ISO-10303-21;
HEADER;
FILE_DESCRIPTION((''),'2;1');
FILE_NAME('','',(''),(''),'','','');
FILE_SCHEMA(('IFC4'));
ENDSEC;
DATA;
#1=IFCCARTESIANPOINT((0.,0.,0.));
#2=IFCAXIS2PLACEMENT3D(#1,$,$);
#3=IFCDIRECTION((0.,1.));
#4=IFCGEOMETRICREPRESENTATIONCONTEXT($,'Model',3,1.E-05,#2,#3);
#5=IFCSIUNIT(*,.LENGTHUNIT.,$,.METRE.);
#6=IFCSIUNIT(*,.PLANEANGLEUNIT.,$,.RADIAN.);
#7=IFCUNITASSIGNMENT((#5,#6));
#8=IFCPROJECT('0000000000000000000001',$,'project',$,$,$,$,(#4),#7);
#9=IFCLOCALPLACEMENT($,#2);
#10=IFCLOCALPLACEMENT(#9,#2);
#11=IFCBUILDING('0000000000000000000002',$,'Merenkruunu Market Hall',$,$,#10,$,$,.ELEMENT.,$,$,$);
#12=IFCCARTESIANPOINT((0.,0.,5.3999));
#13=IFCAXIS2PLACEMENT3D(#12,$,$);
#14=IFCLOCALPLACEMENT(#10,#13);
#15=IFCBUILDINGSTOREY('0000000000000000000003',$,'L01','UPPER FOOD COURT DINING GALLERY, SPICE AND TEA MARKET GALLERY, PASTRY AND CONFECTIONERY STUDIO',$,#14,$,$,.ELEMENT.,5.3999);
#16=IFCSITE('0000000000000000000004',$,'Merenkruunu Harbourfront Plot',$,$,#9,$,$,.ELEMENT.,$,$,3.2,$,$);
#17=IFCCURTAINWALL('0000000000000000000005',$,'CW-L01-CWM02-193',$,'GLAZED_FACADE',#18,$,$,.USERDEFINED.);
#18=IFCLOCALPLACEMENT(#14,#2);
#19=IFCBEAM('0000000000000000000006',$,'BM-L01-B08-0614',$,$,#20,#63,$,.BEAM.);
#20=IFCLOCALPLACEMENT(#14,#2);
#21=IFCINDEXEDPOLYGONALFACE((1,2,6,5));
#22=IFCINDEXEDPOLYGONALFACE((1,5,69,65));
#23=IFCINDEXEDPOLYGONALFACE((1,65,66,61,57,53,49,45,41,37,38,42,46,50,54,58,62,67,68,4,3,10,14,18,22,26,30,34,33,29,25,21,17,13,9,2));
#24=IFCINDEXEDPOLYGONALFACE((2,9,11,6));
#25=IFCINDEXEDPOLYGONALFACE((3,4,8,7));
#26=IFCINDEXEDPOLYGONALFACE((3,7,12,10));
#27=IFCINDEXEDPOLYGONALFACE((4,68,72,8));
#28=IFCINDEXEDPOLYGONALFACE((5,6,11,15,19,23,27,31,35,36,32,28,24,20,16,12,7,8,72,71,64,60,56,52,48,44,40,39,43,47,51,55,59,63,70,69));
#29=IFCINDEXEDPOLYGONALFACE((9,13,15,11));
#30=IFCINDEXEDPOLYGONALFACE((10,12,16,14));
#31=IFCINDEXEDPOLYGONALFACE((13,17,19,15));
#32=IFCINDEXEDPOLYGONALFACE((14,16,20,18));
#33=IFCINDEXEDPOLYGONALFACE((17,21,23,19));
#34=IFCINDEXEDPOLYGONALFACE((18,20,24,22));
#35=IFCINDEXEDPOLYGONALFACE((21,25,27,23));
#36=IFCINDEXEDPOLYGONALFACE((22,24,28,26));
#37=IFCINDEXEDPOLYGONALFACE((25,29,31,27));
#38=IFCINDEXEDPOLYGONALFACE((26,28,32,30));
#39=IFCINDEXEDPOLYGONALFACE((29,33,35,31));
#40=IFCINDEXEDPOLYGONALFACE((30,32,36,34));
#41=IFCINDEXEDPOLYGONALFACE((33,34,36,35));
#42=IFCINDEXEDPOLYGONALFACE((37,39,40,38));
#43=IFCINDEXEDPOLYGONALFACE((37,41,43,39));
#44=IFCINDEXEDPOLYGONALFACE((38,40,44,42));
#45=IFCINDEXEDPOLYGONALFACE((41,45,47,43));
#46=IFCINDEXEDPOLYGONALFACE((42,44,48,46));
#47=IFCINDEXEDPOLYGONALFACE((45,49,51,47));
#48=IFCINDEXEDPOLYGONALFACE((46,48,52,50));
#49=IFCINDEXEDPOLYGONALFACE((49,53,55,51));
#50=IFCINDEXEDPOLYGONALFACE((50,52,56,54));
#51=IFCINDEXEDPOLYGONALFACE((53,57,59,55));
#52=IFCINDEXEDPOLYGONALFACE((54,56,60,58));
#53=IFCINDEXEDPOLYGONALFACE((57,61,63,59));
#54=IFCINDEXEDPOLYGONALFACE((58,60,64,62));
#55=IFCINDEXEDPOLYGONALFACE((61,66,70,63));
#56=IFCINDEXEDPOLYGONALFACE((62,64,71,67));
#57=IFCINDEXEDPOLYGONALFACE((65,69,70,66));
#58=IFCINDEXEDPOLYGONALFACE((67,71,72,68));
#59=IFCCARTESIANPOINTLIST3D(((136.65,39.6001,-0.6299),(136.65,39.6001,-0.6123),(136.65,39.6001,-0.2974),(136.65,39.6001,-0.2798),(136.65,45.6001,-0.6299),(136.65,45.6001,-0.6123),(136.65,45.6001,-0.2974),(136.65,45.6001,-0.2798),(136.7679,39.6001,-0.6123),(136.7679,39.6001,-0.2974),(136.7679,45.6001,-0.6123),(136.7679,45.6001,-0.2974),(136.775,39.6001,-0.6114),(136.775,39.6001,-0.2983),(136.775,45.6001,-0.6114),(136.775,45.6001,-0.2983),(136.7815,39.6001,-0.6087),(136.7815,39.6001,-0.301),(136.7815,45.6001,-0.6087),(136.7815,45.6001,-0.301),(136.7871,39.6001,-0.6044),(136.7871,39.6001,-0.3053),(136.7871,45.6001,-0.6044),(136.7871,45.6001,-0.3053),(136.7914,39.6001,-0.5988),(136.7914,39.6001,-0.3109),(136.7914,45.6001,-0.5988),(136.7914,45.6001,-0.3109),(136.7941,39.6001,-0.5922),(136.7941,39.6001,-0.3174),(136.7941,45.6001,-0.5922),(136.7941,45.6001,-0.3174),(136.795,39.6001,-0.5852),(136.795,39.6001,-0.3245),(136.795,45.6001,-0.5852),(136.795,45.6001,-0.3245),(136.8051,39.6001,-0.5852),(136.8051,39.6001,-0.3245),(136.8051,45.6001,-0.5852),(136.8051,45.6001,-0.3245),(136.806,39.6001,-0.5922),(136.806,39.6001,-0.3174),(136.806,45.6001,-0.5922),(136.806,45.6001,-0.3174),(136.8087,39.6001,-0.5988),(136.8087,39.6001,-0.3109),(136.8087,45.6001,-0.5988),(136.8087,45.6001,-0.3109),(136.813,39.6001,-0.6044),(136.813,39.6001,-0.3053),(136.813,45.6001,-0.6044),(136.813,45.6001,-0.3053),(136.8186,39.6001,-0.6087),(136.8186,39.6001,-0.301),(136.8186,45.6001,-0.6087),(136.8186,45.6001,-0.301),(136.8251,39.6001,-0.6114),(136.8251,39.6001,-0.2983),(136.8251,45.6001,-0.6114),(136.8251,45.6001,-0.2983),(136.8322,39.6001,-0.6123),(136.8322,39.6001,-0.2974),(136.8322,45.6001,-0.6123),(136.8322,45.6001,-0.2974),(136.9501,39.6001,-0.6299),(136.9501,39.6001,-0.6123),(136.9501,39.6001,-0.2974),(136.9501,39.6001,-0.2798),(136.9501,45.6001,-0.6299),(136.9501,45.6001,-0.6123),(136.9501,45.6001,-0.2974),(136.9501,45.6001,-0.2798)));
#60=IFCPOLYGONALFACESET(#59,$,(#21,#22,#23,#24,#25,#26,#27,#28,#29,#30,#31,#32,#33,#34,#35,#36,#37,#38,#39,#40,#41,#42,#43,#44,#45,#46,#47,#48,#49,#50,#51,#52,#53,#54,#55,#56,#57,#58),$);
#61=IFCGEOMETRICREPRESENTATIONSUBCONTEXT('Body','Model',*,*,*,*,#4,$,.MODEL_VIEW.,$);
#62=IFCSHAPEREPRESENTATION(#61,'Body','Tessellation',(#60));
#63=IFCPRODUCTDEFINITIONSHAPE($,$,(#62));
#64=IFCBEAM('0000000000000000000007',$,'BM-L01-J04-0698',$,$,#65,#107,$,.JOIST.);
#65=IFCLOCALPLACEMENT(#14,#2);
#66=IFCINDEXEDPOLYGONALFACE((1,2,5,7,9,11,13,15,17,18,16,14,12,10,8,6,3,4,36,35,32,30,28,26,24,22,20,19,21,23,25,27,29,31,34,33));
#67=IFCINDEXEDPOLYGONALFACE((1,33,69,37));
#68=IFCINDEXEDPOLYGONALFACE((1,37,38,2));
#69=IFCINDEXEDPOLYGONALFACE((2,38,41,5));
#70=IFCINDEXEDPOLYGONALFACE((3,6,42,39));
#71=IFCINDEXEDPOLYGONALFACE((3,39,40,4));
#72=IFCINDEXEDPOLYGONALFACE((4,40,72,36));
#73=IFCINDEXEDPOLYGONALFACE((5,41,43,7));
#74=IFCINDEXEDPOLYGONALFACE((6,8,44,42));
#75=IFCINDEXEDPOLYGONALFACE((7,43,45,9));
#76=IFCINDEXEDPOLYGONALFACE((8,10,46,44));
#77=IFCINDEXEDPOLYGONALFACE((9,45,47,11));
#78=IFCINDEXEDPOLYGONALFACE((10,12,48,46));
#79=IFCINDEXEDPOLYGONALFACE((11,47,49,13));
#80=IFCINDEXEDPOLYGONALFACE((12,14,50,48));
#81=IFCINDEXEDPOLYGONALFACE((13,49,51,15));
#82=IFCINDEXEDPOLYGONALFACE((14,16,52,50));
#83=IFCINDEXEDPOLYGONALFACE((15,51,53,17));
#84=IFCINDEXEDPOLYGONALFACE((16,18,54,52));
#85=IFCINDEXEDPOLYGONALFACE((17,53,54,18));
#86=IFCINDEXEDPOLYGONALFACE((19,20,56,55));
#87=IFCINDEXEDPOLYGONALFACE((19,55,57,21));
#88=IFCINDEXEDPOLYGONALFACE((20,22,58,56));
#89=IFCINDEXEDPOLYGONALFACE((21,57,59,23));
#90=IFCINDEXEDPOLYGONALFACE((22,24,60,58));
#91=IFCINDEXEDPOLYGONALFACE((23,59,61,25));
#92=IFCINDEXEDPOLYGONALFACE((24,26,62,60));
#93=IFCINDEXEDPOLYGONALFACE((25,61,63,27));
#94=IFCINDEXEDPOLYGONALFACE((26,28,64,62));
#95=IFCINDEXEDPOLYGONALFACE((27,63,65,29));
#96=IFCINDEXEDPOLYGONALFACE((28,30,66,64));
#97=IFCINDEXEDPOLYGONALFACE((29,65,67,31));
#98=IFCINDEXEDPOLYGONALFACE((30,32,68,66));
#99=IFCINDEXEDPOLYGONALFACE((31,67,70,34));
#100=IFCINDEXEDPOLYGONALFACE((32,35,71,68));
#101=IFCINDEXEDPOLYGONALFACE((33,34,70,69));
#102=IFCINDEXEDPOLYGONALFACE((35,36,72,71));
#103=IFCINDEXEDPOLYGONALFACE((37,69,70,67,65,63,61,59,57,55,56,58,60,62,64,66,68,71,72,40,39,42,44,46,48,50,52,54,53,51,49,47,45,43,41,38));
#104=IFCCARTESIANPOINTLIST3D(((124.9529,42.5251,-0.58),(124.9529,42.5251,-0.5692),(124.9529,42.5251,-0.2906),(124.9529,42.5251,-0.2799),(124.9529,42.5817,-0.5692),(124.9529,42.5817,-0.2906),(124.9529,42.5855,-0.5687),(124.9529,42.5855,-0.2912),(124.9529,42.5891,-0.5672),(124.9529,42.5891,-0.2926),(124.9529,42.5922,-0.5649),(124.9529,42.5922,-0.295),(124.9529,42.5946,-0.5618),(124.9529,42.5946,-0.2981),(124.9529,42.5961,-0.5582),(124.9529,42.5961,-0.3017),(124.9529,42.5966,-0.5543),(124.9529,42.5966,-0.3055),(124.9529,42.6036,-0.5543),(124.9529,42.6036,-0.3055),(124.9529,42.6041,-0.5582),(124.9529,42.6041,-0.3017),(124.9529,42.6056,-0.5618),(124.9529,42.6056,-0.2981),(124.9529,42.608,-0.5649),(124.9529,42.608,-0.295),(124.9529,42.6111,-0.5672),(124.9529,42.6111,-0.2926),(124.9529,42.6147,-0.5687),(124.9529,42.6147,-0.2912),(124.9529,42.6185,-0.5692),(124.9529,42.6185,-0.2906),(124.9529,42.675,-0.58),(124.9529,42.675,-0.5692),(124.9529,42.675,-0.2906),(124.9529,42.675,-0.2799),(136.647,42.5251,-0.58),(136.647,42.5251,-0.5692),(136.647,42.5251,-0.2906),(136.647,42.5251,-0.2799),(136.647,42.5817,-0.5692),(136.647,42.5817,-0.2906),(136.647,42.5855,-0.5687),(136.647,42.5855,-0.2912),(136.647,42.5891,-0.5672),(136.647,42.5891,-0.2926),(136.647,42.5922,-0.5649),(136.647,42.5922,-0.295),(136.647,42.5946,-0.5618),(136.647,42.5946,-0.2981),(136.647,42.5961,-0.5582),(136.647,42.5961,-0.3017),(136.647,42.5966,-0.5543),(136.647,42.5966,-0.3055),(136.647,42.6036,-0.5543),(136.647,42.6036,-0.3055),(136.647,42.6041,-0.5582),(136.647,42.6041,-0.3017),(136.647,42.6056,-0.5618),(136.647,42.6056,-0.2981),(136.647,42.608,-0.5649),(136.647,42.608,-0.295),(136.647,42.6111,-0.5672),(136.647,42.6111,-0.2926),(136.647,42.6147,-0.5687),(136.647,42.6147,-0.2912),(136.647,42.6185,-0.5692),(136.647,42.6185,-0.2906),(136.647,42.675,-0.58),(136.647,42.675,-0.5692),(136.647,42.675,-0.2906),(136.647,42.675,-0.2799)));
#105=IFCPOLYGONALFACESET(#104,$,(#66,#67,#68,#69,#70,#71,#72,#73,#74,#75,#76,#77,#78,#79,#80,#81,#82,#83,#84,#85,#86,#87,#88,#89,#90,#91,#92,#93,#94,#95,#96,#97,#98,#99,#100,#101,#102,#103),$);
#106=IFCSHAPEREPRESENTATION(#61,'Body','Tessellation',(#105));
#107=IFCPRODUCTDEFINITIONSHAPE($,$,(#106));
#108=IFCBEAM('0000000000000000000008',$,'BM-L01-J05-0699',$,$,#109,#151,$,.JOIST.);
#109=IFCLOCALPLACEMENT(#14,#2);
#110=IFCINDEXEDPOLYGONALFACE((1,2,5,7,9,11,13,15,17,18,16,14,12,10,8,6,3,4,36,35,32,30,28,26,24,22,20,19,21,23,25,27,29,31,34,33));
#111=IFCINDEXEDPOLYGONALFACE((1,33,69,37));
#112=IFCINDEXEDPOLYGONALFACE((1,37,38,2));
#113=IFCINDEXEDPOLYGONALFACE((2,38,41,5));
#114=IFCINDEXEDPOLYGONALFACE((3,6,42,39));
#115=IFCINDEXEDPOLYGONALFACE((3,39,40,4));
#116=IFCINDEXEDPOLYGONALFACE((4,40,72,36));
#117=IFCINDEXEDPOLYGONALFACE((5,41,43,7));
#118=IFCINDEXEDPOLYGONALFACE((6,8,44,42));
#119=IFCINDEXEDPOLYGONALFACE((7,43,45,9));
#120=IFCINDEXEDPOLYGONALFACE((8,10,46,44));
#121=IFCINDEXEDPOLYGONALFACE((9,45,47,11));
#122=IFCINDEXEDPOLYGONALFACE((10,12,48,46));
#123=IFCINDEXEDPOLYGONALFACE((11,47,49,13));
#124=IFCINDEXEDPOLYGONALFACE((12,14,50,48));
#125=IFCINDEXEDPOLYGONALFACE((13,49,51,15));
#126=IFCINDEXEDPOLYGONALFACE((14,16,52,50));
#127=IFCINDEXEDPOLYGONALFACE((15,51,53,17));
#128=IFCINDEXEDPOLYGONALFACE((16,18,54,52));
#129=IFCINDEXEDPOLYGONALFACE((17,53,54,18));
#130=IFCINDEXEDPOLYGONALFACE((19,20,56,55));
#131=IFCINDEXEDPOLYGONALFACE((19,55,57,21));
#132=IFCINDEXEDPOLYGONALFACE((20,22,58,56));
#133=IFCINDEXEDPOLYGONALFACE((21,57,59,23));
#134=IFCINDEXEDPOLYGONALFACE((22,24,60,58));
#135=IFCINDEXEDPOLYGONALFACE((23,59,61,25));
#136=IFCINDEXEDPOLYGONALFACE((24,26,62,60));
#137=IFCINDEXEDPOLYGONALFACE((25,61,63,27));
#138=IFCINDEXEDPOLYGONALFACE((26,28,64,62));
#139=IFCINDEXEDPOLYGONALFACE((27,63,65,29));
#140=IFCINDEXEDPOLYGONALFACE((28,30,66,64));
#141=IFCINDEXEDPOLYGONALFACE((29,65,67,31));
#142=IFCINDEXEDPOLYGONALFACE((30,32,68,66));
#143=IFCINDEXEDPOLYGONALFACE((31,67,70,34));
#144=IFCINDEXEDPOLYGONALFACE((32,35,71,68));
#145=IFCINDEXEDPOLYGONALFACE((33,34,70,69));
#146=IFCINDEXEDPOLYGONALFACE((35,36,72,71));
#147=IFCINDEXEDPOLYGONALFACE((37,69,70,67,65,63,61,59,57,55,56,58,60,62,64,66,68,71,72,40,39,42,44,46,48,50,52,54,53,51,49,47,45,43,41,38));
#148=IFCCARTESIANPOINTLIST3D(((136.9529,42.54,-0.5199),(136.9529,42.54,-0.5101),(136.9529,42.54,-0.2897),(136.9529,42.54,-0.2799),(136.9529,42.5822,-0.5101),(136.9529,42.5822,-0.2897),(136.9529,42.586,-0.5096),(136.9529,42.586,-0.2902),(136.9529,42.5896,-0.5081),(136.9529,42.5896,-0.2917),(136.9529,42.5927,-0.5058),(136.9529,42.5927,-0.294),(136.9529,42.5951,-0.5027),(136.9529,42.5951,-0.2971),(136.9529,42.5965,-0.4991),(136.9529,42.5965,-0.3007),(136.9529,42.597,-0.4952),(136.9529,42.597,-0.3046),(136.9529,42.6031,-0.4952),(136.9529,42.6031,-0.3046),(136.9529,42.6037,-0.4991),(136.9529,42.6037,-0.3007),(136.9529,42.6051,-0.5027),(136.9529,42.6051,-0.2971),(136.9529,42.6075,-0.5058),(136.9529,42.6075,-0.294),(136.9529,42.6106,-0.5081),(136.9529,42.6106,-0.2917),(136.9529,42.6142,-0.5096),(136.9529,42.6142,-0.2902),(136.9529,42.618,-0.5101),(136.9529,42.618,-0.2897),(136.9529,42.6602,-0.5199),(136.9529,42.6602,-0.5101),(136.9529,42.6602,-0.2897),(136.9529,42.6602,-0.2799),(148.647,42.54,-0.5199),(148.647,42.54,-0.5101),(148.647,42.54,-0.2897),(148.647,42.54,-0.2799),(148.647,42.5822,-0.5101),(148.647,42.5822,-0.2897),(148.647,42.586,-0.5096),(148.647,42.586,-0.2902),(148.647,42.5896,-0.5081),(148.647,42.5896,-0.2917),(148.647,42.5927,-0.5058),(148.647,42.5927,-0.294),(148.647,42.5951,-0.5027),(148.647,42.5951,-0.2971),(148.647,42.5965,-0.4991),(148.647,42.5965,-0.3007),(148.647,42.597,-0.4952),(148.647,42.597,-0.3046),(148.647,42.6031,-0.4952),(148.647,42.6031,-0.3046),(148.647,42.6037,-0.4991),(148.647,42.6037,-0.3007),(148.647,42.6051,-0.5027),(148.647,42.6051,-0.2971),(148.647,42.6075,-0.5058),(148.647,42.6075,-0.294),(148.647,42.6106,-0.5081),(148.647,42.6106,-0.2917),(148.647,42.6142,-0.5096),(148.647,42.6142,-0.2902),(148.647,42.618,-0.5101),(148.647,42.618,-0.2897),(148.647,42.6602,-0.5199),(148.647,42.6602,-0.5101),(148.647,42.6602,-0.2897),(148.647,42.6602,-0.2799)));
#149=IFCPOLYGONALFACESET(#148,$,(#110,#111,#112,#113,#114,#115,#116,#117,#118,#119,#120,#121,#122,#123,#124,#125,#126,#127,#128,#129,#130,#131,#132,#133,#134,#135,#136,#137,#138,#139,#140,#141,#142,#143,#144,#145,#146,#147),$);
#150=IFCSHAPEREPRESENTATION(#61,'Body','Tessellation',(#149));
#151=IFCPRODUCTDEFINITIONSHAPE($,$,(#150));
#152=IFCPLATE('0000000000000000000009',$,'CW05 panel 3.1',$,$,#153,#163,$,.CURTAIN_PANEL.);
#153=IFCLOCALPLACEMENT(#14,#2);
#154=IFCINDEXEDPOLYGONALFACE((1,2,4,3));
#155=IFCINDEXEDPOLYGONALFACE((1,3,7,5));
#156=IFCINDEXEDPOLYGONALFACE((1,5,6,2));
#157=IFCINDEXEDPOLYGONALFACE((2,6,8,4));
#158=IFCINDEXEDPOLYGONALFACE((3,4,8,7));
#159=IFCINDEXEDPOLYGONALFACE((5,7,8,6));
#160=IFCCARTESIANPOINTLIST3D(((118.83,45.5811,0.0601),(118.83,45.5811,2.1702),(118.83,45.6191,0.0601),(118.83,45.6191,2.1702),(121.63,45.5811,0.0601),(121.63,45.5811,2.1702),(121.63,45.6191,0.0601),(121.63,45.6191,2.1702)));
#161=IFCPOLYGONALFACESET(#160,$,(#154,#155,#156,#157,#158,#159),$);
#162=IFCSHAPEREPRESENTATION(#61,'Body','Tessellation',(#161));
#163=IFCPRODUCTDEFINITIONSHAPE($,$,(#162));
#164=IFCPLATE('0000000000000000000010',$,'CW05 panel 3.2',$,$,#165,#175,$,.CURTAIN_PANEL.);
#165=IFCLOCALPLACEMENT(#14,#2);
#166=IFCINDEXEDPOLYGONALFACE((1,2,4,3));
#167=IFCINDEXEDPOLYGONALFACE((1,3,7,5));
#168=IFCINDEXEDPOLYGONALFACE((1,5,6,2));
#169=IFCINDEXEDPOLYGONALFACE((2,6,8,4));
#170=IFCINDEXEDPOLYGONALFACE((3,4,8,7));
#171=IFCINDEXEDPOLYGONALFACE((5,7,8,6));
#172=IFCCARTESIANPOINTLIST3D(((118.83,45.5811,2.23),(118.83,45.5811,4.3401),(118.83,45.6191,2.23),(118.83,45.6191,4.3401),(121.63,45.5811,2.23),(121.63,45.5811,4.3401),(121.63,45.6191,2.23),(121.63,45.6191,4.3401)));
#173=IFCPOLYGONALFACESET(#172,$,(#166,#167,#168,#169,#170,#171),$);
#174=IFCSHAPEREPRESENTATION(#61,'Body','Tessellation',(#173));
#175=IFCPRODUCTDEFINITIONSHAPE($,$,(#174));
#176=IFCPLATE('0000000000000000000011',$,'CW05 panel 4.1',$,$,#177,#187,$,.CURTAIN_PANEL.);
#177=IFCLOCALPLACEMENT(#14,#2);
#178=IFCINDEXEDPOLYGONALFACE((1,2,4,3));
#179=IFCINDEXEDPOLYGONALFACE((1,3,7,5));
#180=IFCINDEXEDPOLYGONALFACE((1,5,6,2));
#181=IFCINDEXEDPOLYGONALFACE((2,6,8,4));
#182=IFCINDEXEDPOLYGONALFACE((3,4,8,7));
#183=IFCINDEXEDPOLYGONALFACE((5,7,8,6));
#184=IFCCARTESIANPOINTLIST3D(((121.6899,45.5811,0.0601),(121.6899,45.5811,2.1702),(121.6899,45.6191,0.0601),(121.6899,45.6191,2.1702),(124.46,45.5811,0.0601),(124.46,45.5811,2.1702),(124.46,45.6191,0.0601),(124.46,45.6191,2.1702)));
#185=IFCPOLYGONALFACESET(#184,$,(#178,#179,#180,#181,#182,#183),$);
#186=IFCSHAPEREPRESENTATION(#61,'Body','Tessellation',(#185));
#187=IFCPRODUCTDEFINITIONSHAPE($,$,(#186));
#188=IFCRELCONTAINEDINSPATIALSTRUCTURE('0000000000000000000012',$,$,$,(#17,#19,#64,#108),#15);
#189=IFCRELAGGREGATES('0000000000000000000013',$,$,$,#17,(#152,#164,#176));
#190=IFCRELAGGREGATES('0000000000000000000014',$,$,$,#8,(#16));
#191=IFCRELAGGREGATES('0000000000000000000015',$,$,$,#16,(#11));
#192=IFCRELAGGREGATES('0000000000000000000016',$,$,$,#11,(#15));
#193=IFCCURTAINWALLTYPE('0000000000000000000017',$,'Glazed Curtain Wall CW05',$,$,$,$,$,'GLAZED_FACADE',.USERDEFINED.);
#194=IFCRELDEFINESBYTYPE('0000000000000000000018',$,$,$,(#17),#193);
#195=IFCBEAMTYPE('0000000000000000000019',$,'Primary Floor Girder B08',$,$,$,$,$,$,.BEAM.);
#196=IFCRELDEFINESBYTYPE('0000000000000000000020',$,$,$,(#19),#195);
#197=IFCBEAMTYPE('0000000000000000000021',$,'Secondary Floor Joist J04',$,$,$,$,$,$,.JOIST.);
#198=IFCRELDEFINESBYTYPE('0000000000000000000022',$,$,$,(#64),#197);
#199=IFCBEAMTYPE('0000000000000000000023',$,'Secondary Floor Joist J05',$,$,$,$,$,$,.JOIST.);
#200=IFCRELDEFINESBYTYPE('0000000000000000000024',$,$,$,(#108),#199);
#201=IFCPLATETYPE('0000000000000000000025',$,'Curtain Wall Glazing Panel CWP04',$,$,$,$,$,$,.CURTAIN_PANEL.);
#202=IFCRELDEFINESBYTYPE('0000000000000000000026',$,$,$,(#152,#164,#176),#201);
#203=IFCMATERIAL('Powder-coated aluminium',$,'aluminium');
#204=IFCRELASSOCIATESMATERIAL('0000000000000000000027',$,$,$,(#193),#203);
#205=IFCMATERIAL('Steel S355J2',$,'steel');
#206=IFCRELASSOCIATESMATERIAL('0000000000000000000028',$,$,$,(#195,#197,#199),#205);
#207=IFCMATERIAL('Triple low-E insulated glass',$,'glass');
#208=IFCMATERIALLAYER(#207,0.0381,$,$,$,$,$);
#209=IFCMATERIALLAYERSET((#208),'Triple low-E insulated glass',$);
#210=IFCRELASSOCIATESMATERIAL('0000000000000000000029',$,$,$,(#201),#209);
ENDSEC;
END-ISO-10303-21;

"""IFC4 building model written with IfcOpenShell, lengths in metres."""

from ifc_helpers import new_model, si_unit, direction, frame, origin, origin_2d, place, context, subcontext, project, spatial, rectangle, i_section, extrude, material, layer, layer_set, material_profile, profile_set, type_object, element, aggregate, save


model = new_model("IFC4")

# Units and contexts
model_context = context("Model", 3, precision=1e-05, world=origin(), true_north=direction((0.0, 1.0)))
body_context = subcontext(model_context, "Body", "Model", "MODEL_VIEW")
ifc_project = project(units=[si_unit("LENGTHUNIT", "METRE"), si_unit("PLANEANGLEUNIT", "RADIAN")], contexts=[model_context])

# Site, building, storey
site_placement = place(None, origin())
site = spatial("IfcSite", under=ifc_project, at=site_placement, Name="Merenkruunu Harbourfront Plot", CompositionType="ELEMENT", RefElevation=3.2)
building_placement = place(site_placement, origin())
building = spatial("IfcBuilding", under=site, at=building_placement, Name="Merenkruunu Market Hall", CompositionType="ELEMENT")
storey_placement = place(building_placement, frame((0.0, 0.0, 5.3999)))
storey = spatial("IfcBuildingStorey", under=building, at=storey_placement, Name="L01", Description="UPPER FOOD COURT DINING GALLERY, SPICE AND TEA MARKET GALLERY, PASTRY AND CONFECTIONERY STUDIO", CompositionType="ELEMENT", Elevation=5.3999)

# Shared definitions
ifc_material_1 = material(Name="Steel S355J2", Category="steel")

# Curtain wall
ifc_material_2 = material(Name="Powder-coated aluminium", Category="aluminium")
curtain_wall_type = type_object("IfcCurtainWallType", Name="Glazed Curtain Wall CW05", ElementType="GLAZED_FACADE", PredefinedType="USERDEFINED", material=ifc_material_2)
curtain_wall_1_placement = place(storey_placement, origin())
curtain_wall_1 = element("IfcCurtainWall", 1, at=curtain_wall_1_placement, inside=storey, type_object=curtain_wall_type, Name="CW-L01-CWM02-193", ObjectType="GLAZED_FACADE", PredefinedType="USERDEFINED")

# Beams
ifc_material_profile_1 = material_profile(ifc_material_1, i_section(OverallWidth=0.3, OverallDepth=0.3501, WebThickness=0.01, FlangeThickness=0.0176, FilletRadius=0.0271, at=origin_2d()), Name="HEA 360")
ifc_profile_set_1 = profile_set([ifc_material_profile_1], Name="Steel S355J2")
beam_type_1 = type_object("IfcBeamType", Name="Primary Floor Girder B08", PredefinedType="BEAM", material=ifc_profile_set_1)
for number, where, z_axis, x_axis, name in (
    (2, (136.8, 39.6001, -0.4548), (0.0, 1.0, 0.0), (-1.0, 0.0, 0.0), "BM-L01-B08-0614"),
):
    element("IfcBeam", number, at=place(storey_placement, frame(where, z_axis=z_axis, x_axis=x_axis)), inside=storey, type_object=beam_type_1, Name=name, PredefinedType="BEAM", context=body_context, shape_type="SweptSolid", body=[
        extrude(i_section(OverallWidth=0.3, OverallDepth=0.3501, WebThickness=0.01, FlangeThickness=0.0176, FilletRadius=0.0271, at=origin_2d()), origin(), (0.0, 0.0, 1.0), 6.0),
    ])
ifc_material_profile_2 = material_profile(ifc_material_1, i_section(OverallWidth=0.1499, OverallDepth=0.3, WebThickness=0.0071, FlangeThickness=0.0107, FilletRadius=0.0149, at=origin_2d()), Name="IPE 300")
ifc_profile_set_2 = profile_set([ifc_material_profile_2], Name="Steel S355J2")
beam_type_2 = type_object("IfcBeamType", Name="Secondary Floor Joist J04", PredefinedType="JOIST", material=ifc_profile_set_2)
beam_1_placement = place(storey_placement, frame((124.9529, 42.6001, -0.4299), z_axis=(1.0, 0.0, 0.0), x_axis=(0.0, 1.0, 0.0)))
element("IfcBeam", 3, at=beam_1_placement, inside=storey, type_object=beam_type_2, Name="BM-L01-J04-0698", PredefinedType="JOIST", context=body_context, shape_type="SweptSolid", body=[
    extrude(i_section(OverallWidth=0.1499, OverallDepth=0.3, WebThickness=0.0071, FlangeThickness=0.0107, FilletRadius=0.0149, at=origin_2d()), origin(), (0.0, 0.0, 1.0), 11.6941),
])
ifc_material_profile_3 = material_profile(ifc_material_1, i_section(OverallWidth=0.1201, OverallDepth=0.24, WebThickness=0.0061, FlangeThickness=0.0098, FilletRadius=0.0149, at=origin_2d()), Name="IPE 240")
ifc_profile_set_3 = profile_set([ifc_material_profile_3], Name="Steel S355J2")
beam_type_3 = type_object("IfcBeamType", Name="Secondary Floor Joist J05", PredefinedType="JOIST", material=ifc_profile_set_3)
beam_2_placement = place(storey_placement, frame((136.9529, 42.6001, -0.3999), z_axis=(1.0, 0.0, 0.0), x_axis=(0.0, 1.0, 0.0)))
element("IfcBeam", 4, at=beam_2_placement, inside=storey, type_object=beam_type_3, Name="BM-L01-J05-0699", PredefinedType="JOIST", context=body_context, shape_type="SweptSolid", body=[
    extrude(i_section(OverallWidth=0.1201, OverallDepth=0.24, WebThickness=0.0061, FlangeThickness=0.0098, FilletRadius=0.0149, at=origin_2d()), origin(), (0.0, 0.0, 1.0), 11.6941),
])

# Plates
ifc_material_3 = material(Name="Triple low-E insulated glass", Category="glass")
ifc_layer_1 = layer(ifc_material_3, 0.0381)
ifc_layer_set_1 = layer_set([ifc_layer_1], Name="Triple low-E insulated glass")
plate_type = type_object("IfcPlateType", Name="Curtain Wall Glazing Panel CWP04", PredefinedType="CURTAIN_PANEL", material=ifc_layer_set_1)
plate_1_placement = place(storey_placement, frame((120.23, 45.6001, 0.0601), z_axis=(0.0, 0.0, 1.0), x_axis=(1.0, 0.0, 0.0)))
plate_1 = element("IfcPlate", 5, at=plate_1_placement, type_object=plate_type, Name="CW05 panel 3.1", PredefinedType="CURTAIN_PANEL", context=body_context, shape_type="SweptSolid", body=[
    extrude(rectangle(XDim=2.8, YDim=0.0381, at=origin_2d()), origin(), (0.0, 0.0, 1.0), 2.1101),
])
plate_2_placement = place(storey_placement, frame((120.23, 45.6001, 2.23), z_axis=(0.0, 0.0, 1.0), x_axis=(1.0, 0.0, 0.0)))
plate_2 = element("IfcPlate", 6, at=plate_2_placement, type_object=plate_type, Name="CW05 panel 3.2", PredefinedType="CURTAIN_PANEL", context=body_context, shape_type="SweptSolid", body=[
    extrude(rectangle(XDim=2.8, YDim=0.0381, at=origin_2d()), origin(), (0.0, 0.0, 1.0), 2.1101),
])
plate_3_placement = place(storey_placement, frame((123.075, 45.6001, 0.0601), z_axis=(0.0, 0.0, 1.0), x_axis=(1.0, 0.0, 0.0)))
plate_3 = element("IfcPlate", 7, at=plate_3_placement, type_object=plate_type, Name="CW05 panel 4.1", PredefinedType="CURTAIN_PANEL", context=body_context, shape_type="SweptSolid", body=[
    extrude(rectangle(XDim=2.77, YDim=0.0381, at=origin_2d()), origin(), (0.0, 0.0, 1.0), 2.1101),
])
aggregate(curtain_wall_1, [plate_1, plate_2, plate_3])

save(model, "model.ifc")
